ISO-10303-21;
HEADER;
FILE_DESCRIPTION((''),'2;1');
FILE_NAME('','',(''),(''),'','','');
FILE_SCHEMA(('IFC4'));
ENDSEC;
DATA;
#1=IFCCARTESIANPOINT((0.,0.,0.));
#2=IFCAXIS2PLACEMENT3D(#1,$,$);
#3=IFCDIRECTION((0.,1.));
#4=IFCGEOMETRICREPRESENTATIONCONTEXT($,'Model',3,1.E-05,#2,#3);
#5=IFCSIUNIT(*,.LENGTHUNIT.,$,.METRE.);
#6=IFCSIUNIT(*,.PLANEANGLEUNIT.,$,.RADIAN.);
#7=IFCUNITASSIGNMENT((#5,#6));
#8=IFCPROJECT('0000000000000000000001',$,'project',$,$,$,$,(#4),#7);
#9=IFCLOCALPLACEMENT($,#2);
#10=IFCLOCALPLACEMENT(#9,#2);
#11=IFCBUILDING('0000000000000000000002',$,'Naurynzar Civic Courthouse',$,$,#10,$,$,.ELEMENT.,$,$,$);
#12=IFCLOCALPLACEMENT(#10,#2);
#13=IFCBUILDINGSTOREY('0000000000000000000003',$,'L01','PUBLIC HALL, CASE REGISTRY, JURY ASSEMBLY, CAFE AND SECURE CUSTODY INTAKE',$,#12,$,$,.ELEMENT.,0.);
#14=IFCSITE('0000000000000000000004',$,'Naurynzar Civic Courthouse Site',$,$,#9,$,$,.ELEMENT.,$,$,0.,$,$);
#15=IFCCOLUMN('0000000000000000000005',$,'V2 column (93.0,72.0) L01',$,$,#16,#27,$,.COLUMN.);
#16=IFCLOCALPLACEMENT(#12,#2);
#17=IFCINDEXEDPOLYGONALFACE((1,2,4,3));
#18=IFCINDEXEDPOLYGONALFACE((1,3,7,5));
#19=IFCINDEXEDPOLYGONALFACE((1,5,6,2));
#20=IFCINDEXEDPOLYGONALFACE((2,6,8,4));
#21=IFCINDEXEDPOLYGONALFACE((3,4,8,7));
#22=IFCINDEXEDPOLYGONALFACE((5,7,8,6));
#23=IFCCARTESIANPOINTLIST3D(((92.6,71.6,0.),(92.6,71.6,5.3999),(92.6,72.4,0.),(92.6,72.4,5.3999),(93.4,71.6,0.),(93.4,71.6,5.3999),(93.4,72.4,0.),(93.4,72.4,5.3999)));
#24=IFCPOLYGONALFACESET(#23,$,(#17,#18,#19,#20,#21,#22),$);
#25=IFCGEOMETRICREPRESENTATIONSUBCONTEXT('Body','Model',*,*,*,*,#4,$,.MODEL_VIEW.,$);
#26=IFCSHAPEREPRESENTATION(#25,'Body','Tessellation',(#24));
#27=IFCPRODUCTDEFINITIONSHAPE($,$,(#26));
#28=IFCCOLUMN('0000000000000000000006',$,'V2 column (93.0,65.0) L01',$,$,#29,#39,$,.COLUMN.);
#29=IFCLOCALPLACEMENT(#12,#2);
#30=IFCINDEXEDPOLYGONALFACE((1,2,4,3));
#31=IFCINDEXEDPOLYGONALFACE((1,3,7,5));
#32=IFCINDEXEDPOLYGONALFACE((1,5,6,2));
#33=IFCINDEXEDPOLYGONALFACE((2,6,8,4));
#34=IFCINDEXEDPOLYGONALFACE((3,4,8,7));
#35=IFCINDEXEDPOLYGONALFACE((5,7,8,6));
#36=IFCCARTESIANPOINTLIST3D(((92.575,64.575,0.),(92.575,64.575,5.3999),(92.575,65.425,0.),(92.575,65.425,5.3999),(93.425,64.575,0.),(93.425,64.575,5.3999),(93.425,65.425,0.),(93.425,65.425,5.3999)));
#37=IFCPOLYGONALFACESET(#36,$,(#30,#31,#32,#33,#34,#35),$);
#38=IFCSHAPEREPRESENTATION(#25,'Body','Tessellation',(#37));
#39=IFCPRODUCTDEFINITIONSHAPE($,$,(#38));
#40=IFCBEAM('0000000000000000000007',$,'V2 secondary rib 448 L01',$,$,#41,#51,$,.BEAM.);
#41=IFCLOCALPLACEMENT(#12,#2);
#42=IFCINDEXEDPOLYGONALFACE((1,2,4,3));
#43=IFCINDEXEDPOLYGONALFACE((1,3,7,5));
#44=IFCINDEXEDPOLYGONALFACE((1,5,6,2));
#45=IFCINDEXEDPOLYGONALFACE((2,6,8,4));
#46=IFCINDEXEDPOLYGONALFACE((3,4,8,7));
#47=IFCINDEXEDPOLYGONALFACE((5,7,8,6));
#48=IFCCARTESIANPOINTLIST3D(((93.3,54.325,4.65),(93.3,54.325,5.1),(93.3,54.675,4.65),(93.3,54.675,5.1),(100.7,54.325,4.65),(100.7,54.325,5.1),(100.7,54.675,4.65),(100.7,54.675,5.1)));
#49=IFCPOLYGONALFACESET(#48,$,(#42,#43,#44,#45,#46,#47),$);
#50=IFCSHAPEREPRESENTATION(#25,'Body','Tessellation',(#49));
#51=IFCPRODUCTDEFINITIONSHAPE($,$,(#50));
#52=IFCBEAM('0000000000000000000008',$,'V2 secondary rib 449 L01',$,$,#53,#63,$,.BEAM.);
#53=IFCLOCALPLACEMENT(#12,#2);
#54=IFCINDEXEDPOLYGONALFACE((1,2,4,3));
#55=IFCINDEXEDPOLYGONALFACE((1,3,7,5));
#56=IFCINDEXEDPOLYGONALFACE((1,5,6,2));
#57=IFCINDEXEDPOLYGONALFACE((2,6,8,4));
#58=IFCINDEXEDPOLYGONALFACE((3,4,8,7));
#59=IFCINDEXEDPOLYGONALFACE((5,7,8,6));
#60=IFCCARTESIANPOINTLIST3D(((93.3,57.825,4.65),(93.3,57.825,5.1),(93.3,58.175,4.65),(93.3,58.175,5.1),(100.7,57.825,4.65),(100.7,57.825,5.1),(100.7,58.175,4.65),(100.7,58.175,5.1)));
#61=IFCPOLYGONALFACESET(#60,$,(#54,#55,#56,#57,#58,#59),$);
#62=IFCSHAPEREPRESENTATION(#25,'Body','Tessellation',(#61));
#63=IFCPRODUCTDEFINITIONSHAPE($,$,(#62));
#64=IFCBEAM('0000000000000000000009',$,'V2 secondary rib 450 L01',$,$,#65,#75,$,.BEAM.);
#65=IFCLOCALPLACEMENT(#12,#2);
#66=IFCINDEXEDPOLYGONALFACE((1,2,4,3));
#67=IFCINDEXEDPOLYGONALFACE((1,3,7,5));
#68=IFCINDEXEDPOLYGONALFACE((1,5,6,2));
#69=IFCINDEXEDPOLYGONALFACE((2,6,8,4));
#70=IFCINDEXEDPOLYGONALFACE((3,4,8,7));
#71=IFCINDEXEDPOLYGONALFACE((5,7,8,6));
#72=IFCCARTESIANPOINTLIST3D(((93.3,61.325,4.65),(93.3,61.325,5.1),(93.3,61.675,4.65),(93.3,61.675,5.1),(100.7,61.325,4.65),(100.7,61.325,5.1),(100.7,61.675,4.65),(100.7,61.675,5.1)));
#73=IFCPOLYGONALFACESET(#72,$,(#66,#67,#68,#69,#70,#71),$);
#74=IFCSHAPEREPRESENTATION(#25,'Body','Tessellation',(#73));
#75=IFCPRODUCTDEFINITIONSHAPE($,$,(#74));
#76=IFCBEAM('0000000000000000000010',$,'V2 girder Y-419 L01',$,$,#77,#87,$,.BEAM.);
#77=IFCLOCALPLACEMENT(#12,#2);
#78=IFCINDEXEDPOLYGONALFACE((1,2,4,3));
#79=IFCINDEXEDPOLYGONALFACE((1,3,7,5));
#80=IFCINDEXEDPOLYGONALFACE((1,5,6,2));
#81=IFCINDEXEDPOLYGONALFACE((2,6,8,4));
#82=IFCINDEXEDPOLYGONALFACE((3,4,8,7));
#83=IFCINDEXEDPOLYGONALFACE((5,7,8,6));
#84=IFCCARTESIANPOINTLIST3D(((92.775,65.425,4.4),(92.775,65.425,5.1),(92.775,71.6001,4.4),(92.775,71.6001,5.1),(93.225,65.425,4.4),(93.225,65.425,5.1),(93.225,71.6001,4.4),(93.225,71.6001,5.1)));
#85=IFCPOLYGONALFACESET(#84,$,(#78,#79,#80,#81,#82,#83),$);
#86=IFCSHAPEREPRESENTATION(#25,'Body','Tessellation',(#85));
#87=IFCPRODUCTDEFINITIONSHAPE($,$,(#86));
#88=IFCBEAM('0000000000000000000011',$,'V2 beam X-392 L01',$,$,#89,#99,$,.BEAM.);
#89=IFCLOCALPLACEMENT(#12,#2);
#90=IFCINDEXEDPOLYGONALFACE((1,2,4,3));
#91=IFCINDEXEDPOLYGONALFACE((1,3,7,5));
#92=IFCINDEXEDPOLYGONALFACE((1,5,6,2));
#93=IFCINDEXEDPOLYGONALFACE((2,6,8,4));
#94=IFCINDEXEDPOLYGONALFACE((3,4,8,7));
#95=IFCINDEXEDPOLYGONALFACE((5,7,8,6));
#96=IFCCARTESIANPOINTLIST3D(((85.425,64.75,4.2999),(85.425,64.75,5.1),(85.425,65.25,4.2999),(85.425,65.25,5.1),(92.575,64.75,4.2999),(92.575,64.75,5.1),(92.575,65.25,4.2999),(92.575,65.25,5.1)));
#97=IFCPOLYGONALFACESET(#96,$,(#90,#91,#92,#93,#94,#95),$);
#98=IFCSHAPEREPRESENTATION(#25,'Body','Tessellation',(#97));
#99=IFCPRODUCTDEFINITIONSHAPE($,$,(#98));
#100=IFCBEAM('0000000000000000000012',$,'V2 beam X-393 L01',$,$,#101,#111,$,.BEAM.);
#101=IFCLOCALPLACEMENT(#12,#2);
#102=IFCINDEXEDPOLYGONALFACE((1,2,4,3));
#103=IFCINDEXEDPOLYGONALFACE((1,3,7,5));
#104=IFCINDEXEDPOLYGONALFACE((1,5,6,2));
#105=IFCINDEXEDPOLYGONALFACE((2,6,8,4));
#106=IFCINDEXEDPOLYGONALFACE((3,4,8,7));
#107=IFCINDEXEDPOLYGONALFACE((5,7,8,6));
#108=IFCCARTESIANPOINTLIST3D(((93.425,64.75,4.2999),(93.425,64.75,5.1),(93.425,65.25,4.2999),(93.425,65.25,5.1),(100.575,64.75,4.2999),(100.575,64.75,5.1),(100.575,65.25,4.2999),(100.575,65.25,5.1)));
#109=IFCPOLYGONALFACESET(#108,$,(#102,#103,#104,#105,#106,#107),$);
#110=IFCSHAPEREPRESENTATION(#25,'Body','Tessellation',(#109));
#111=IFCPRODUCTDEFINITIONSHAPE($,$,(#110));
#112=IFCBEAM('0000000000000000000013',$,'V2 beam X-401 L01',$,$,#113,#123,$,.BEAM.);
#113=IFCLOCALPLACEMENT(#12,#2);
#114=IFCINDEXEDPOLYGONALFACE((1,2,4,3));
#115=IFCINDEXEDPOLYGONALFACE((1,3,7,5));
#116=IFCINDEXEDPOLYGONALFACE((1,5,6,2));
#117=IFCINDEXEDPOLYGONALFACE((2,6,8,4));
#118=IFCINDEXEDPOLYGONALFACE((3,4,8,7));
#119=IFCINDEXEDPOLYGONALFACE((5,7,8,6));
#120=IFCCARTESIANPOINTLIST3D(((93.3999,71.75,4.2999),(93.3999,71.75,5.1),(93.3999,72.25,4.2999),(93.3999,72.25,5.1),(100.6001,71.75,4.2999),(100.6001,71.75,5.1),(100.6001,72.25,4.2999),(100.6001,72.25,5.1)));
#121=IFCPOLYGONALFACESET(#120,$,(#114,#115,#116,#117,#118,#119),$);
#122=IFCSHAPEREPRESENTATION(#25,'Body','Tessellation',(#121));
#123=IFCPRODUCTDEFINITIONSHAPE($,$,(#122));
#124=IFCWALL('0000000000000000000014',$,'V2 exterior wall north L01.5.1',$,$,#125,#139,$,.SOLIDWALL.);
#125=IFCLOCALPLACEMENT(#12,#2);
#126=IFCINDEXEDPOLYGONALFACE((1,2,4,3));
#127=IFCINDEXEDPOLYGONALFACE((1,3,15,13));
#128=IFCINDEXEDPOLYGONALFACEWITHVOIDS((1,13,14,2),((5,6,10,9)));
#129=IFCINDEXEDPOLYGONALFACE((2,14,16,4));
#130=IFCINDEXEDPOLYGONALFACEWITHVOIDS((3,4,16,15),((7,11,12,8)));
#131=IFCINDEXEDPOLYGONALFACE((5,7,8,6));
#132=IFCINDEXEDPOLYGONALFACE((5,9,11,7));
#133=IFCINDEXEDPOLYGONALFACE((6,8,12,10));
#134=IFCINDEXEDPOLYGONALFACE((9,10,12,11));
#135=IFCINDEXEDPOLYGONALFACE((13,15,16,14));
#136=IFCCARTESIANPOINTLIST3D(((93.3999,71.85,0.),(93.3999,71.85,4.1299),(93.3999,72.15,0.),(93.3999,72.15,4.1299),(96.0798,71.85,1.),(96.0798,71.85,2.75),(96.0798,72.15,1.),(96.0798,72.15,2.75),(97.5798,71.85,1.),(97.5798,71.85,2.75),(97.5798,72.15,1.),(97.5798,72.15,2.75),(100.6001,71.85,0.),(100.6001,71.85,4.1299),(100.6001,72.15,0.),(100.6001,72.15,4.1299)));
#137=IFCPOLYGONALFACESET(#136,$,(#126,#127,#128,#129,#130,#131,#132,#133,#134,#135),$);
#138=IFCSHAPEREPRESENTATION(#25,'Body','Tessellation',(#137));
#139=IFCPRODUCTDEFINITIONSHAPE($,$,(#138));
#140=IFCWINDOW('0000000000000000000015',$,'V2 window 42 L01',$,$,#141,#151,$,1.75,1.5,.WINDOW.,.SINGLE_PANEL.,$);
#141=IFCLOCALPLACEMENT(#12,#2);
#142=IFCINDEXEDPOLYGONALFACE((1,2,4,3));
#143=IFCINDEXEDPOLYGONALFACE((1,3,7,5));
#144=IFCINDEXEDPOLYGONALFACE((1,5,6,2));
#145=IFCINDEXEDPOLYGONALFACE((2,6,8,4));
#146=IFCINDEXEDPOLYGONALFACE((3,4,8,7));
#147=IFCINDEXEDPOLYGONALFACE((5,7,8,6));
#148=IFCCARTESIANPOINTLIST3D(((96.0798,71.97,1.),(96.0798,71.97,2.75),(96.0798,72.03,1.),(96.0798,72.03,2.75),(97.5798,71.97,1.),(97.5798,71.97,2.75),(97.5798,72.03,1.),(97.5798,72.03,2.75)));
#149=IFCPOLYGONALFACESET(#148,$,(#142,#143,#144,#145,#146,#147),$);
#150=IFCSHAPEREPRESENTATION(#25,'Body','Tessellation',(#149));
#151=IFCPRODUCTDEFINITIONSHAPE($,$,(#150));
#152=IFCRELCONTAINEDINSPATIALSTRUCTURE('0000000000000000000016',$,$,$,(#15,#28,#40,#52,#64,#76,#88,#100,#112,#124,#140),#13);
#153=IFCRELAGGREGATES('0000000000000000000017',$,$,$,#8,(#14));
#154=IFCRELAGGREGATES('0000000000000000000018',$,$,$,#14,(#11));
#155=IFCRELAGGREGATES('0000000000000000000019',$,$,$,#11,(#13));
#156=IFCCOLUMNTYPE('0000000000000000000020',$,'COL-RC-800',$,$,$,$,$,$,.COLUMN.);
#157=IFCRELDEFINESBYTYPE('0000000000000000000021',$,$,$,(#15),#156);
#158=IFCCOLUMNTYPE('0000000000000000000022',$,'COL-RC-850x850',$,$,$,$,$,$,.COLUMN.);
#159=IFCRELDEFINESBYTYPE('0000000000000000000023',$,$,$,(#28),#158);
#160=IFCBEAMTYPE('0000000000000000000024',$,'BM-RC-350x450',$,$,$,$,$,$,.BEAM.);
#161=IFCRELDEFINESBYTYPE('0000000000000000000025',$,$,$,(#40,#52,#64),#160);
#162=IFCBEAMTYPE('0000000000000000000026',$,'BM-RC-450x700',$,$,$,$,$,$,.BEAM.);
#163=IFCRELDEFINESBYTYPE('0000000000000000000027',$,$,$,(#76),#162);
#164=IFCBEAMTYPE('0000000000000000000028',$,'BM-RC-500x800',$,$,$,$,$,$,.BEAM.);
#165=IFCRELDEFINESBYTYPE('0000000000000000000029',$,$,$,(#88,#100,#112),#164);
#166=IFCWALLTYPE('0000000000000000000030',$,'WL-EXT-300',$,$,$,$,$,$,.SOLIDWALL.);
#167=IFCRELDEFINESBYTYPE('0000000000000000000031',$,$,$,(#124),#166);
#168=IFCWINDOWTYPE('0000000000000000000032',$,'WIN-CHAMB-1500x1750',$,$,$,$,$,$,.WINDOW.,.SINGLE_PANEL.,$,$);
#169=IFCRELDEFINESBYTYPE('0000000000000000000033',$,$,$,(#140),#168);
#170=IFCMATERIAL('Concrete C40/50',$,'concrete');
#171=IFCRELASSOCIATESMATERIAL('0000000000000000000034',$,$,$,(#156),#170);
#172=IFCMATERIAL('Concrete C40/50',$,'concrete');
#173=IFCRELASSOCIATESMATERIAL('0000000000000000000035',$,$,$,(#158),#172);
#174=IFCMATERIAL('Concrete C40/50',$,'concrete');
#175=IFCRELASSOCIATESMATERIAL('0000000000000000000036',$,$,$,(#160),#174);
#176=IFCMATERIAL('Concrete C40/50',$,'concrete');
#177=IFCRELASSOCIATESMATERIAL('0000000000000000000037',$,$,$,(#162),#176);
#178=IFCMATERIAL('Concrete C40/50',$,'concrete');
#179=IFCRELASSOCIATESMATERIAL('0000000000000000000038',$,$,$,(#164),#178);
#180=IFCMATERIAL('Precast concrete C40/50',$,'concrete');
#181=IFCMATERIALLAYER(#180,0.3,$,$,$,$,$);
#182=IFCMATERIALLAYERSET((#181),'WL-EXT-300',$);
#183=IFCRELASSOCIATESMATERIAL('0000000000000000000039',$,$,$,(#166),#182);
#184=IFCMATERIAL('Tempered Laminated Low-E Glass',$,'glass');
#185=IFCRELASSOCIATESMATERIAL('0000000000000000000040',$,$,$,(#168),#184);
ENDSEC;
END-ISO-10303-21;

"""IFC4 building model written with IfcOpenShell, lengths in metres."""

from ifc_helpers import new_model, si_unit, direction, frame, frame_2d, origin, origin_2d, place, context, subcontext, project, spatial, rectangle, extrude, material, layer, layer_set, material_profile, profile_set, type_object, element, fill, save


model = new_model("IFC4")

# Units and contexts
model_context = context("Model", 3, precision=1e-05, world=origin(), true_north=direction((0.0, 1.0)))
body_context = subcontext(model_context, "Body", "Model", "MODEL_VIEW")
ifc_project = project(units=[si_unit("LENGTHUNIT", "METRE"), si_unit("PLANEANGLEUNIT", "RADIAN")], contexts=[model_context])

# Site, building, storey
site_placement = place(None, origin())
site = spatial("IfcSite", under=ifc_project, at=site_placement, Name="Naurynzar Civic Courthouse Site", CompositionType="ELEMENT", RefElevation=0.0)
building_placement = place(site_placement, origin())
building = spatial("IfcBuilding", under=site, at=building_placement, Name="Naurynzar Civic Courthouse", CompositionType="ELEMENT")
storey_placement = place(building_placement, origin())
storey = spatial("IfcBuildingStorey", under=building, at=storey_placement, Name="L01", Description="PUBLIC HALL, CASE REGISTRY, JURY ASSEMBLY, CAFE AND SECURE CUSTODY INTAKE", CompositionType="ELEMENT", Elevation=0.0)

# Columns
ifc_material_1 = material(Name="Concrete C40/50", Category="concrete")
ifc_material_profile_1 = material_profile(ifc_material_1, rectangle(XDim=0.8, YDim=0.8, at=origin_2d()), Name="RC 800x800")
ifc_profile_set_1 = profile_set([ifc_material_profile_1], Name="Concrete C40/50")
column_type_1 = type_object("IfcColumnType", Name="COL-RC-800", PredefinedType="COLUMN", material=ifc_profile_set_1)
column_1_placement = place(storey_placement, frame((93.0, 72.0, 0.0), z_axis=(0.0, 0.0, 1.0), x_axis=(1.0, 0.0, 0.0)))
element("IfcColumn", 1, at=column_1_placement, inside=storey, type_object=column_type_1, Name="V2 column (93.0,72.0) L01", PredefinedType="COLUMN", context=body_context, shape_type="SweptSolid", body=[
    extrude(rectangle(XDim=0.8, YDim=0.8, at=origin_2d()), origin(), (0.0, 0.0, 1.0), 5.3999),
])
ifc_material_2 = material(Name="Concrete C40/50", Category="concrete")
ifc_material_profile_2 = material_profile(ifc_material_2, rectangle(XDim=0.8501, YDim=0.8501, at=origin_2d()), Name="RC 850x850")
ifc_profile_set_2 = profile_set([ifc_material_profile_2], Name="Concrete C40/50")
column_type_2 = type_object("IfcColumnType", Name="COL-RC-850x850", PredefinedType="COLUMN", material=ifc_profile_set_2)
column_2_placement = place(storey_placement, frame((93.0, 65.0, 0.0), z_axis=(0.0, 0.0, 1.0), x_axis=(1.0, 0.0, 0.0)))
element("IfcColumn", 2, at=column_2_placement, inside=storey, type_object=column_type_2, Name="V2 column (93.0,65.0) L01", PredefinedType="COLUMN", context=body_context, shape_type="SweptSolid", body=[
    extrude(rectangle(XDim=0.8501, YDim=0.8501, at=origin_2d()), origin(), (0.0, 0.0, 1.0), 5.3999),
])

# Beams
ifc_material_3 = material(Name="Concrete C40/50", Category="concrete")
ifc_material_profile_3 = material_profile(ifc_material_3, rectangle(XDim=0.3501, YDim=0.45, at=origin_2d()), Name="RCB 350x450")
ifc_profile_set_3 = profile_set([ifc_material_profile_3], Name="Concrete C40/50")
beam_type_1 = type_object("IfcBeamType", Name="BM-RC-350x450", PredefinedType="BEAM", material=ifc_profile_set_3)
for number, where, z_axis, x_axis, name in (
    (3, (93.3, 54.5, 4.875), (1.0, 0.0, 0.0), (0.0, 1.0, 0.0), "V2 secondary rib 448 L01"),
    (4, (93.3, 58.0, 4.875), (1.0, 0.0, 0.0), (0.0, 1.0, 0.0), "V2 secondary rib 449 L01"),
    (5, (93.3, 61.5, 4.875), (1.0, 0.0, 0.0), (0.0, 1.0, 0.0), "V2 secondary rib 450 L01"),
):
    element("IfcBeam", number, at=place(storey_placement, frame(where, z_axis=z_axis, x_axis=x_axis)), inside=storey, type_object=beam_type_1, Name=name, PredefinedType="BEAM", context=body_context, shape_type="SweptSolid", body=[
        extrude(rectangle(XDim=0.3501, YDim=0.45, at=origin_2d()), origin(), (0.0, 0.0, 1.0), 7.3999),
    ])
ifc_material_4 = material(Name="Concrete C40/50", Category="concrete")
ifc_material_profile_4 = material_profile(ifc_material_4, rectangle(XDim=0.45, YDim=0.7, at=origin_2d()), Name="RCB 450x700")
ifc_profile_set_4 = profile_set([ifc_material_profile_4], Name="Concrete C40/50")
beam_type_2 = type_object("IfcBeamType", Name="BM-RC-450x700", PredefinedType="BEAM", material=ifc_profile_set_4)
beam_1_placement = place(storey_placement, frame((93.0, 65.425, 4.75), z_axis=(0.0, 1.0, 0.0), x_axis=(-1.0, 0.0, 0.0)))
element("IfcBeam", 6, at=beam_1_placement, inside=storey, type_object=beam_type_2, Name="V2 girder Y-419 L01", PredefinedType="BEAM", context=body_context, shape_type="SweptSolid", body=[
    extrude(rectangle(XDim=0.45, YDim=0.7, at=origin_2d()), origin(), (0.0, 0.0, 1.0), 6.175),
])
ifc_material_5 = material(Name="Concrete C40/50", Category="concrete")
ifc_material_profile_5 = material_profile(ifc_material_5, rectangle(XDim=0.5, YDim=0.8, at=origin_2d()), Name="RCB 500x800")
ifc_profile_set_5 = profile_set([ifc_material_profile_5], Name="Concrete C40/50")
beam_type_3 = type_object("IfcBeamType", Name="BM-RC-500x800", PredefinedType="BEAM", material=ifc_profile_set_5)
for number, where, z_axis, x_axis, name in (
    (7, (85.425, 65.0, 4.7), (1.0, 0.0, 0.0), (0.0, 1.0, 0.0), "V2 beam X-392 L01"),
    (8, (93.425, 65.0, 4.7), (1.0, 0.0, 0.0), (0.0, 1.0, 0.0), "V2 beam X-393 L01"),
):
    element("IfcBeam", number, at=place(storey_placement, frame(where, z_axis=z_axis, x_axis=x_axis)), inside=storey, type_object=beam_type_3, Name=name, PredefinedType="BEAM", context=body_context, shape_type="SweptSolid", body=[
        extrude(rectangle(XDim=0.5, YDim=0.8, at=origin_2d()), origin(), (0.0, 0.0, 1.0), 7.1499),
    ])
beam_2_placement = place(storey_placement, frame((93.3999, 72.0, 4.7), z_axis=(1.0, 0.0, 0.0), x_axis=(0.0, 1.0, 0.0)))
element("IfcBeam", 9, at=beam_2_placement, inside=storey, type_object=beam_type_3, Name="V2 beam X-401 L01", PredefinedType="BEAM", context=body_context, shape_type="SweptSolid", body=[
    extrude(rectangle(XDim=0.5, YDim=0.8, at=origin_2d()), origin(), (0.0, 0.0, 1.0), 7.2002),
])

# Shared definitions
ifc_material_6 = material(Name="Precast concrete C40/50", Category="concrete")
ifc_layer_1 = layer(ifc_material_6, 0.3)
ifc_layer_set_1 = layer_set([ifc_layer_1], Name="WL-EXT-300")
wall_type_1 = type_object("IfcWallType", Name="WL-EXT-300", PredefinedType="SOLIDWALL", material=ifc_layer_set_1)

# Wall, opening, window
wall_1_placement = place(storey_placement, frame((93.3999, 72.0, 0.0), z_axis=(0.0, 0.0, 1.0), x_axis=(1.0, 0.0, 0.0)))
wall_1 = element("IfcWall", 10, at=wall_1_placement, inside=storey, type_object=wall_type_1, Name="V2 exterior wall north L01.5.1", PredefinedType="SOLIDWALL", context=body_context, shape_type="SweptSolid", body=[
    extrude(rectangle(XDim=7.2002, YDim=0.3, at=frame_2d((3.6001, 0.0))), origin(), (0.0, 0.0, 1.0), 4.1299),
])
opening_1_placement = place(wall_1_placement, frame((2.6799, 0.0, 1.0)))
opening_1 = element("IfcOpeningElement", 11, at=opening_1_placement, cuts=wall_1, PredefinedType="OPENING", context=body_context, shape_type="SweptSolid", body=[
    extrude(rectangle(XDim=1.5, YDim=1.75, at=frame_2d((0.75, 0.875))), frame((0.0, 0.1599, 0.0), z_axis=(0.0, -1.0, 0.0), x_axis=(1.0, 0.0, 0.0)), (0.0, 0.0, 1.0), 0.3201),
])
ifc_material_7 = material(Name="Tempered Laminated Low-E Glass", Category="glass")
window_type = type_object("IfcWindowType", Name="WIN-CHAMB-1500x1750", PartitioningType="SINGLE_PANEL", PredefinedType="WINDOW", material=ifc_material_7)
window_placement = place(opening_1_placement, origin())
window = element("IfcWindow", 12, at=window_placement, inside=storey, type_object=window_type, Name="V2 window 42 L01", OverallHeight=1.75, OverallWidth=1.5, PartitioningType="SINGLE_PANEL", PredefinedType="WINDOW", context=body_context, shape_type="SweptSolid", body=[
    extrude(rectangle(XDim=1.5, YDim=1.75, at=frame_2d((0.75, 0.875))), frame((0.0, 0.03, 0.0), z_axis=(0.0, -1.0, 0.0), x_axis=(1.0, 0.0, 0.0)), (0.0, 0.0, 1.0), 0.0601),
])
fill(opening_1, window)

save(model, "model.ifc")
